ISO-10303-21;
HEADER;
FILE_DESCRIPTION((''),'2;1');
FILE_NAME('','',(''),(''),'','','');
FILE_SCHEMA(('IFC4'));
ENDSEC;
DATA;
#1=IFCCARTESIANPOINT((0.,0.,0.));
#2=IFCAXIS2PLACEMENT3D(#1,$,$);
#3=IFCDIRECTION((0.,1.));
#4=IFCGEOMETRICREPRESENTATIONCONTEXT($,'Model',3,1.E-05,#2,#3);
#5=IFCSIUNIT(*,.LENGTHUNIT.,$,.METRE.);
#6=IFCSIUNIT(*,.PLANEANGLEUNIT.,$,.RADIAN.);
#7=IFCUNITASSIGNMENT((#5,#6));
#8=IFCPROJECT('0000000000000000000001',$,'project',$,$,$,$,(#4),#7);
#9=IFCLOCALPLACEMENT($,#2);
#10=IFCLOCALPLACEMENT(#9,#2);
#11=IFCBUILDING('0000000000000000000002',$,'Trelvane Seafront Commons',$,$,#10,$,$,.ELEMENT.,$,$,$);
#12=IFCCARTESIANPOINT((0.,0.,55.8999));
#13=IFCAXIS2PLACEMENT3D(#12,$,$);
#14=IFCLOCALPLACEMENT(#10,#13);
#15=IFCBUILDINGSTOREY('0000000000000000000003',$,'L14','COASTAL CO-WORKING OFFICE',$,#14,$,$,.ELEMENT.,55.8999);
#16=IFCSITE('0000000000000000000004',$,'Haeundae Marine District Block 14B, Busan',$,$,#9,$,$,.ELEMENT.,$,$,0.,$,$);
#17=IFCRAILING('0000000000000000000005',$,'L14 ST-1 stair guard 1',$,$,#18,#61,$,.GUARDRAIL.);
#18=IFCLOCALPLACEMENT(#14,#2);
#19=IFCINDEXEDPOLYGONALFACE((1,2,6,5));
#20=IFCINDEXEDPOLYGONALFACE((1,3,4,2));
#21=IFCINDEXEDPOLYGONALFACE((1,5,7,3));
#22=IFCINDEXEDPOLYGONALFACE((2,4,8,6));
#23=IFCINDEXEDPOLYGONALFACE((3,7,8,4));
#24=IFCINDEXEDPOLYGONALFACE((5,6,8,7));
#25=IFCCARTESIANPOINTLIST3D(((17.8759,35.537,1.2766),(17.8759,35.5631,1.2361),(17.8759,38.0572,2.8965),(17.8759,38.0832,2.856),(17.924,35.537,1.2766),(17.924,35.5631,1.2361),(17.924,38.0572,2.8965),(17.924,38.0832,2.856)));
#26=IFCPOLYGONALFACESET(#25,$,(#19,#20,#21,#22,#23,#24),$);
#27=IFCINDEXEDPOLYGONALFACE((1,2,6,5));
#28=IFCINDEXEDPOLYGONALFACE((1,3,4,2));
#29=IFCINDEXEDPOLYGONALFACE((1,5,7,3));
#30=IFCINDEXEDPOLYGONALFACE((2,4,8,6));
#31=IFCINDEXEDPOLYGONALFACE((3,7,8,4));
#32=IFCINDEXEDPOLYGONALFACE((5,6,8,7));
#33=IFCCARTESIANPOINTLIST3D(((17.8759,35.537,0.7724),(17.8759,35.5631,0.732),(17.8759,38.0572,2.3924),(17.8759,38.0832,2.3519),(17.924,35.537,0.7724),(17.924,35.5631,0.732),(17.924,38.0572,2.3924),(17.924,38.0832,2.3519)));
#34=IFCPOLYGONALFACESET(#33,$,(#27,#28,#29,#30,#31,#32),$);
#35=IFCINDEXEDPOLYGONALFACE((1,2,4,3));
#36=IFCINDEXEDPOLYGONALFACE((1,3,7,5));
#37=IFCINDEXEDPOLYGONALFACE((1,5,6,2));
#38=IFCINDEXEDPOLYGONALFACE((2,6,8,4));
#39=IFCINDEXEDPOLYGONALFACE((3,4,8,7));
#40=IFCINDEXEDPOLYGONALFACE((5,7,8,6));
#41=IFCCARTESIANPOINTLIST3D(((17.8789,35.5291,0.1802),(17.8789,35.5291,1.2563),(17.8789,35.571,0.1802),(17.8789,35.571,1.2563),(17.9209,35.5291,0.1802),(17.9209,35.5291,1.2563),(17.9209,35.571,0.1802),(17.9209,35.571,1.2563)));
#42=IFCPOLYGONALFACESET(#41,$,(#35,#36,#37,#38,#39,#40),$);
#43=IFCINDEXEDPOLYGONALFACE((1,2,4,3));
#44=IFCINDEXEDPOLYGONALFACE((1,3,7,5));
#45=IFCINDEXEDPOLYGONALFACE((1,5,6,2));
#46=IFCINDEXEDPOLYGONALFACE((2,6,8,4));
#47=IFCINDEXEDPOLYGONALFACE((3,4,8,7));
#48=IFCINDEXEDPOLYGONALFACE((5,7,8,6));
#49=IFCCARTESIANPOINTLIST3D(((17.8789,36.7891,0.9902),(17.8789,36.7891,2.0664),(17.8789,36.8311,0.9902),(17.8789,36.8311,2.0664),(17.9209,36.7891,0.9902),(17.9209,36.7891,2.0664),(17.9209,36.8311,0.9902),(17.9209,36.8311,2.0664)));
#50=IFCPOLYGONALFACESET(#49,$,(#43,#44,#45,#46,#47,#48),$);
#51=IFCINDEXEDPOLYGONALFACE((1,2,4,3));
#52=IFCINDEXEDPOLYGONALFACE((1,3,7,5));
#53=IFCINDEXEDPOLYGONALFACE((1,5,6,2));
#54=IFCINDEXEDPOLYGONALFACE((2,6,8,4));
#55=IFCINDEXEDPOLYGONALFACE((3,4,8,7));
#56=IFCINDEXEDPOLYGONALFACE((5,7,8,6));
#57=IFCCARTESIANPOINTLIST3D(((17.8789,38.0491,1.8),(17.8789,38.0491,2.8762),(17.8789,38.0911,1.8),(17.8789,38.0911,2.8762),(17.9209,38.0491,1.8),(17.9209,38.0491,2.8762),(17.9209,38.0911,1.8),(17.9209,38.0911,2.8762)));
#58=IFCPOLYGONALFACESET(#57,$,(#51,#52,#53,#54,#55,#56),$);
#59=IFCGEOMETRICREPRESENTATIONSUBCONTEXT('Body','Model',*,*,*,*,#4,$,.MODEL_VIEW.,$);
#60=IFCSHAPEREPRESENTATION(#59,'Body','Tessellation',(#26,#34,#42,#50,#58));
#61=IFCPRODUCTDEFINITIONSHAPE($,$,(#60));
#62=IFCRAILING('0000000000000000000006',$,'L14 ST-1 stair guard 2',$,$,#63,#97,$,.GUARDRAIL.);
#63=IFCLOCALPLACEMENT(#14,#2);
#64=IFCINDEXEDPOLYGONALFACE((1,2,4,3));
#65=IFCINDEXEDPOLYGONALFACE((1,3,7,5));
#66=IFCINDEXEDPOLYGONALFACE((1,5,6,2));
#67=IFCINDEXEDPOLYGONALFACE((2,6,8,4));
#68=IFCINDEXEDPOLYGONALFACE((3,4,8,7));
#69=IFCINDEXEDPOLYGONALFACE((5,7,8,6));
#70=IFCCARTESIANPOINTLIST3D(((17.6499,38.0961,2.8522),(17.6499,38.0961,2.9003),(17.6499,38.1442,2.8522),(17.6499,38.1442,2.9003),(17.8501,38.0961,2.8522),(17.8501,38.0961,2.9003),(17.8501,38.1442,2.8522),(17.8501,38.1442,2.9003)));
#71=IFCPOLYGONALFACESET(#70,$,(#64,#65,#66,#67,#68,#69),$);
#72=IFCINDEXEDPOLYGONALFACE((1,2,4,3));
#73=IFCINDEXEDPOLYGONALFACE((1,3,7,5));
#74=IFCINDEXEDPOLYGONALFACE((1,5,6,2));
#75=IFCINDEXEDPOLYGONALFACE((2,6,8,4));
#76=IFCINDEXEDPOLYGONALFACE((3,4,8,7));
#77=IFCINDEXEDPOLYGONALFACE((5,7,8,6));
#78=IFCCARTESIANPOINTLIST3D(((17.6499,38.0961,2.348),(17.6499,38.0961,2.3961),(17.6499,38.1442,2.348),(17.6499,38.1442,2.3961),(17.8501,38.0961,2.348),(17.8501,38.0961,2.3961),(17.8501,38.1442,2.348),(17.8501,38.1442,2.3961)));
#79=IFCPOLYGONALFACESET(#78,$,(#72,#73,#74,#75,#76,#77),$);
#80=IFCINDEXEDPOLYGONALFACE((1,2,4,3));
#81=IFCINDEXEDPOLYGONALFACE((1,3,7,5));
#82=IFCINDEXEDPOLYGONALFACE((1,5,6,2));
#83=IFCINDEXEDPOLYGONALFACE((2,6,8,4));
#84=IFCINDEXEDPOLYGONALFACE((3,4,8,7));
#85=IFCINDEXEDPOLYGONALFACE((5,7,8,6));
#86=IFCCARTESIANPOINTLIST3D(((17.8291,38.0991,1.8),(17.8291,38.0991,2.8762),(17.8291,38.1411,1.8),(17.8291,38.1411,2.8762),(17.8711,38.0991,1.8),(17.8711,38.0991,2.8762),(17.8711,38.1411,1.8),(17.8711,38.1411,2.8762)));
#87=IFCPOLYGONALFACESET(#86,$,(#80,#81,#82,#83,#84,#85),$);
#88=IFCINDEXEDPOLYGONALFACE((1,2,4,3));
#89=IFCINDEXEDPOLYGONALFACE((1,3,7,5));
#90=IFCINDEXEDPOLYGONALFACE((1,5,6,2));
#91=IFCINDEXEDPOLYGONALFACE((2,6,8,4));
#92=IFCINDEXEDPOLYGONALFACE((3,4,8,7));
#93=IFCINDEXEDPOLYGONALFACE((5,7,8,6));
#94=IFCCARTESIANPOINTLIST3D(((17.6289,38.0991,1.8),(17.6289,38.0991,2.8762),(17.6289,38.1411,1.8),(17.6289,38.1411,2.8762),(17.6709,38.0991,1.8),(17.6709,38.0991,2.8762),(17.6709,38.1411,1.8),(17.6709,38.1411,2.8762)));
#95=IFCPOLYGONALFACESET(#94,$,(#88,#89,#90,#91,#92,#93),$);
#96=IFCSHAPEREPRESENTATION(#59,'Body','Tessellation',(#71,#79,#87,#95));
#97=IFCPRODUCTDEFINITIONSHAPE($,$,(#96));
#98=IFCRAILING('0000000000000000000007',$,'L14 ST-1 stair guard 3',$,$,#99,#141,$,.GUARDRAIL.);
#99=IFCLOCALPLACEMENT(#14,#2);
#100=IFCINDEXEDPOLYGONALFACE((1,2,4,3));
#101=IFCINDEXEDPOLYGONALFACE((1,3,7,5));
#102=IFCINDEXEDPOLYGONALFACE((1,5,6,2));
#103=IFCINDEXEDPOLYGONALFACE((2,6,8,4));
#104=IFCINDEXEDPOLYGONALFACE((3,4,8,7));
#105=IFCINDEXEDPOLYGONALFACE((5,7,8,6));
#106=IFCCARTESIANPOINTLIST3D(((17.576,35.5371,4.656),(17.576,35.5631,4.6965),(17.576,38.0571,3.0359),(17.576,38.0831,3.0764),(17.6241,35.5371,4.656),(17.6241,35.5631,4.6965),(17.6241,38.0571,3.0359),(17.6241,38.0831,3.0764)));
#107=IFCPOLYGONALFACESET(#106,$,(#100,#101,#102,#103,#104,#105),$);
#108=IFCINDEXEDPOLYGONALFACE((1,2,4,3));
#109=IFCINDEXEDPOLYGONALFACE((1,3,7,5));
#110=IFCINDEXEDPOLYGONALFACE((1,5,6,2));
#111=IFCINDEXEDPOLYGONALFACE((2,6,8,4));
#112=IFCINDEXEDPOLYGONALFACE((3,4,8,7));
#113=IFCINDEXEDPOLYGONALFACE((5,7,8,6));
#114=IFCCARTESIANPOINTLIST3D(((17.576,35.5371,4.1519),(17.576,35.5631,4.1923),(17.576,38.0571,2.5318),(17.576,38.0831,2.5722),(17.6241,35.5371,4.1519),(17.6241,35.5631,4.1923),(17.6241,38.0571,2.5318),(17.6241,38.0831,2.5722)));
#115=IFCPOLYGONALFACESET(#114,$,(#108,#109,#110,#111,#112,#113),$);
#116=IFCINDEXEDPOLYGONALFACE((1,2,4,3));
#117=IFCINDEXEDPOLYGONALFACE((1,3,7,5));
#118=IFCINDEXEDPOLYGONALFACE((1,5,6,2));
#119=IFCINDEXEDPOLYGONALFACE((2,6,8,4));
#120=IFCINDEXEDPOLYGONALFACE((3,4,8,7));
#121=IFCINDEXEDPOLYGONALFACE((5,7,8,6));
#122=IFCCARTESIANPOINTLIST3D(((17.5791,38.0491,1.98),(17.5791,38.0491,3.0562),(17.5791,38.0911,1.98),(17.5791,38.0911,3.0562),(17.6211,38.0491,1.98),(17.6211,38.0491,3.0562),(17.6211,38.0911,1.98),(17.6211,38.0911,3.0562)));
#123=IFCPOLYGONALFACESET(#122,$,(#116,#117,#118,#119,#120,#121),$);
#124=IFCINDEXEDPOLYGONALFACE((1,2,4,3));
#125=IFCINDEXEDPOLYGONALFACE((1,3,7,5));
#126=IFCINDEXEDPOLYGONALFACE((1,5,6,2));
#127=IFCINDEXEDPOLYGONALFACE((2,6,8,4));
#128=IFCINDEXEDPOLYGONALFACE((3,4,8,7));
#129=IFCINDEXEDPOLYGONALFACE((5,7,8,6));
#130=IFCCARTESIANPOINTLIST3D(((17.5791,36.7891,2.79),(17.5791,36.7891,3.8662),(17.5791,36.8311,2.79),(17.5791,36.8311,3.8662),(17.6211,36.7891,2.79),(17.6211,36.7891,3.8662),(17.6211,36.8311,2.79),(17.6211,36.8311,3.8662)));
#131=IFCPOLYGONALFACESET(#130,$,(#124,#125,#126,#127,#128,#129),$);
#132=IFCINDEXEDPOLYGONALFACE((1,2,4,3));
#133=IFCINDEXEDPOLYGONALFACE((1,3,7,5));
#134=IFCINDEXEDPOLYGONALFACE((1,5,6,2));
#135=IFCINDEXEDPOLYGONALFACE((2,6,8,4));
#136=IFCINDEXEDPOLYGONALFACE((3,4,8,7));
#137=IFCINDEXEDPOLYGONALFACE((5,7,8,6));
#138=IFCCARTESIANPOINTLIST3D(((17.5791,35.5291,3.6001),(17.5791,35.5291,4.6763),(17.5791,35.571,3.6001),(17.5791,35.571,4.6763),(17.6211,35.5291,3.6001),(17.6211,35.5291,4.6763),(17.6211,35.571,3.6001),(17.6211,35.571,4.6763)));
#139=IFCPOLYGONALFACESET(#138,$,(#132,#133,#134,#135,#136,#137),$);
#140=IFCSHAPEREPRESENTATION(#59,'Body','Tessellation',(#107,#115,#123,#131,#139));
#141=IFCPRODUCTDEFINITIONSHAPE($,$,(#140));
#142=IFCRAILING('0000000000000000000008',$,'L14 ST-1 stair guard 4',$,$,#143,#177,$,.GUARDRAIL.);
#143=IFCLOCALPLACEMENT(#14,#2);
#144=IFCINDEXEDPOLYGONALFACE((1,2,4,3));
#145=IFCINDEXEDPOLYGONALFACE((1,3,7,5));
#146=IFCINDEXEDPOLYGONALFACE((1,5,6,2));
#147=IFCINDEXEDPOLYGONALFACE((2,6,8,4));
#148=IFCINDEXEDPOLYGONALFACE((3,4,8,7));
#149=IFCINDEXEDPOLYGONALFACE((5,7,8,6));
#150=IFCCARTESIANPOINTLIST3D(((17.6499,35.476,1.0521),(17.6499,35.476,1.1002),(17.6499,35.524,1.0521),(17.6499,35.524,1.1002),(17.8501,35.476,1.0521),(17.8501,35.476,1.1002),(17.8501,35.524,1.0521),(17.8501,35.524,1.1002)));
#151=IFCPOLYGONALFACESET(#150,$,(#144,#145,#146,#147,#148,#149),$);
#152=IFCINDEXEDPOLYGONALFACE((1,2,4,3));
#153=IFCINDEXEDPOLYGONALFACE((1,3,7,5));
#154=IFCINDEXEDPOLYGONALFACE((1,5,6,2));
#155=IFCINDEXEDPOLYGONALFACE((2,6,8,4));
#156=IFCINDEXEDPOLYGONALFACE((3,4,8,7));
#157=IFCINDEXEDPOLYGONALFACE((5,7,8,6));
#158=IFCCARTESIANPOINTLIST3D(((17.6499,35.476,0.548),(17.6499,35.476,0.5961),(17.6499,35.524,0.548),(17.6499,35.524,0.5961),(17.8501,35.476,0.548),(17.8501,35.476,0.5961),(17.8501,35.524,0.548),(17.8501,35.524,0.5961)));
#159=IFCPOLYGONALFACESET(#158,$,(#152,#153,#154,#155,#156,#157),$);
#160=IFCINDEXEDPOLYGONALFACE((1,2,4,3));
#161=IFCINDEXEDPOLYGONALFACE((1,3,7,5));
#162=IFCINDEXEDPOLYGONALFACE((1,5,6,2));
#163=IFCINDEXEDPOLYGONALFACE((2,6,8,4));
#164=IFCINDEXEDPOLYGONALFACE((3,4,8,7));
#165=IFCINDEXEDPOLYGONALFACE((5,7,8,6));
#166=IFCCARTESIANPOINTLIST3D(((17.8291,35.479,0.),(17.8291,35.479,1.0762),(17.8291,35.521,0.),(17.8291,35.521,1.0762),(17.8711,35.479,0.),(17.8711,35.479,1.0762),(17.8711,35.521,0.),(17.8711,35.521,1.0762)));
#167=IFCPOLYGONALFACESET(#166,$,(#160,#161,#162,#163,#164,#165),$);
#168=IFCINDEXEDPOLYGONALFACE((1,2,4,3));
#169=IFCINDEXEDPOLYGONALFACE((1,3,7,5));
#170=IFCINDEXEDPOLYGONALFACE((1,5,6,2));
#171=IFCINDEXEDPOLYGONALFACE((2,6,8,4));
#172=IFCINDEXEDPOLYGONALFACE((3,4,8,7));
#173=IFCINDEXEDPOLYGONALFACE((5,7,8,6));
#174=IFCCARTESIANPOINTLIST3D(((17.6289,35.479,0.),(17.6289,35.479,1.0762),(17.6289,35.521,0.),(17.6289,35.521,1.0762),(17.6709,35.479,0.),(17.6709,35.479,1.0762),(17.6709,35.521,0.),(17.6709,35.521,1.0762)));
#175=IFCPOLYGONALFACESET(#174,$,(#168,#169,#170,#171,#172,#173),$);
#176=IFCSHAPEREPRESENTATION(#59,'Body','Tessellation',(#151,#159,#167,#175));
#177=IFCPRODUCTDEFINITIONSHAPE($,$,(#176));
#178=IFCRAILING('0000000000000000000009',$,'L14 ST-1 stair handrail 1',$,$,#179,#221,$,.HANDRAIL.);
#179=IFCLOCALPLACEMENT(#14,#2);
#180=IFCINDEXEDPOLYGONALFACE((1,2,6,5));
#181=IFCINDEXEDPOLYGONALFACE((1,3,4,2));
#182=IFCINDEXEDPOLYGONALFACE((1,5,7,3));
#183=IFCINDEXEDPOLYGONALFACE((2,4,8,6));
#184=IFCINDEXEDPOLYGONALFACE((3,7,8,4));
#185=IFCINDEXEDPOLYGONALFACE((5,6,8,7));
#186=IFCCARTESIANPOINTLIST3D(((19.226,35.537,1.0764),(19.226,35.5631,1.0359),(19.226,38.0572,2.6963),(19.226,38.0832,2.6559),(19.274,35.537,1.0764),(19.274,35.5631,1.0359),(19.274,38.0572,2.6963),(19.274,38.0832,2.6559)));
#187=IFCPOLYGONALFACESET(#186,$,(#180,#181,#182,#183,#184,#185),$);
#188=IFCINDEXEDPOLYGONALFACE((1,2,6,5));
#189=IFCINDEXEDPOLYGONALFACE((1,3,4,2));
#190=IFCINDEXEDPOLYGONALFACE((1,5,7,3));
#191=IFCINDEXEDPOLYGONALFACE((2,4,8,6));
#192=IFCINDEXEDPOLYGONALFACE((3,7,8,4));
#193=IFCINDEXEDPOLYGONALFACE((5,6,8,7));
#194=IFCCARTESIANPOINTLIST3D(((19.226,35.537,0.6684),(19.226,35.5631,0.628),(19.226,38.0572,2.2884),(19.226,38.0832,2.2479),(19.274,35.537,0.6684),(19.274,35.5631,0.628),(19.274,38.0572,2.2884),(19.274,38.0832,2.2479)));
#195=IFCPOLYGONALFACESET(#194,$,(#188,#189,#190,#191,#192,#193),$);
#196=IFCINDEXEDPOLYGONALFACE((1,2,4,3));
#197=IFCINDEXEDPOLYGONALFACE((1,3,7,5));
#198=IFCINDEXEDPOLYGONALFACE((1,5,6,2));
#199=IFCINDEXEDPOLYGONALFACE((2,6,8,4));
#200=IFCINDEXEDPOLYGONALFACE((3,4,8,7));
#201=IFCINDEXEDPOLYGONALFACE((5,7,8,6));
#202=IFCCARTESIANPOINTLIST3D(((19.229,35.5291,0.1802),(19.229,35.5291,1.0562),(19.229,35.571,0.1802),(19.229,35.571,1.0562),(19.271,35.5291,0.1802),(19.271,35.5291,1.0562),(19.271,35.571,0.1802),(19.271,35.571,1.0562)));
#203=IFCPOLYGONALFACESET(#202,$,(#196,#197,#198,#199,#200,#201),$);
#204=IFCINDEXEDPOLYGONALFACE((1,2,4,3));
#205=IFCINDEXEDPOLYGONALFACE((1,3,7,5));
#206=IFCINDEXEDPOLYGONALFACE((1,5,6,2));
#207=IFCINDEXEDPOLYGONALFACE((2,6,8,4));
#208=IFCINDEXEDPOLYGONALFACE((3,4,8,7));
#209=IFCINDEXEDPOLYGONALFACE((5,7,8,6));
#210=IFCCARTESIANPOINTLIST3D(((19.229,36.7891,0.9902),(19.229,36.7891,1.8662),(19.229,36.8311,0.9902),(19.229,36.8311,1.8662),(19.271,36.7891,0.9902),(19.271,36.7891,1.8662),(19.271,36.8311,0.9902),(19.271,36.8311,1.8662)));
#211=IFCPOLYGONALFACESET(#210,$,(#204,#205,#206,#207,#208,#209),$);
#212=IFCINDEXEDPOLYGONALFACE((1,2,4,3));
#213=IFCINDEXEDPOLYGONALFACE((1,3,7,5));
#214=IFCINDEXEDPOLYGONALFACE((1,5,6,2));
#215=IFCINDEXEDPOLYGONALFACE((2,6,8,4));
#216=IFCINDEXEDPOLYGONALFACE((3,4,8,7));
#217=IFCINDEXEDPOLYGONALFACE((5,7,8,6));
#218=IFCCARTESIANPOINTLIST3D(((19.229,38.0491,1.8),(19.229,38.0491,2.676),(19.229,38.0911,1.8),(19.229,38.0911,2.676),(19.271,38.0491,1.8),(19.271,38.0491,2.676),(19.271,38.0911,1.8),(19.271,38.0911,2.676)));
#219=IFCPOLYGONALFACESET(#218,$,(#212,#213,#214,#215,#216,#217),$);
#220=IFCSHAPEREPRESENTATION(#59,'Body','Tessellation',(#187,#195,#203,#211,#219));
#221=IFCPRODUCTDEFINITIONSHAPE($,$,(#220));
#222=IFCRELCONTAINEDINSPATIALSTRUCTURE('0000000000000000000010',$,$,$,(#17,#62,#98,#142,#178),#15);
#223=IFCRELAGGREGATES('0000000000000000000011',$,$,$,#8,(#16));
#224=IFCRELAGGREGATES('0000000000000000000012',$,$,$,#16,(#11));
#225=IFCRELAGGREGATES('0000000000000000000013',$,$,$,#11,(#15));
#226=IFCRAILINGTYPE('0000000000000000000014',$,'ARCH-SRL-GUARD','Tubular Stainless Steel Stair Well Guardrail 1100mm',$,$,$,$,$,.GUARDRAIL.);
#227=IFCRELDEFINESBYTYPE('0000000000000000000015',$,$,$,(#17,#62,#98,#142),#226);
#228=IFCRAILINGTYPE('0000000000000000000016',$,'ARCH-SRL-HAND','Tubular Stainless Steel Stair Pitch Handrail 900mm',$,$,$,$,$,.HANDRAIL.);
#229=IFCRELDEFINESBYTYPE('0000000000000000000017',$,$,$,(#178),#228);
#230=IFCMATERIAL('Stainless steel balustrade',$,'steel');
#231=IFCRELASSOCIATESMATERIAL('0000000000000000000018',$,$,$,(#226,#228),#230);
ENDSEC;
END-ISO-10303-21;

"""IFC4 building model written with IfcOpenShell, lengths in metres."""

from ifc_helpers import new_model, si_unit, direction, frame, origin, origin_2d, place, context, subcontext, project, spatial, rectangle, extrude, material, type_object, element, save


model = new_model("IFC4")

# Units and contexts
model_context = context("Model", 3, precision=1e-05, world=origin(), true_north=direction((0.0, 1.0)))
body_context = subcontext(model_context, "Body", "Model", "MODEL_VIEW")
ifc_project = project(units=[si_unit("LENGTHUNIT", "METRE"), si_unit("PLANEANGLEUNIT", "RADIAN")], contexts=[model_context])

# Site, building, storey
site_placement = place(None, origin())
site = spatial("IfcSite", under=ifc_project, at=site_placement, Name="Haeundae Marine District Block 14B, Busan", CompositionType="ELEMENT", RefElevation=0.0)
building_placement = place(site_placement, origin())
building = spatial("IfcBuilding", under=site, at=building_placement, Name="Trelvane Seafront Commons", CompositionType="ELEMENT")
storey_placement = place(building_placement, frame((0.0, 0.0, 55.8999)))
storey = spatial("IfcBuildingStorey", under=building, at=storey_placement, Name="L14", Description="COASTAL CO-WORKING OFFICE", CompositionType="ELEMENT", Elevation=55.8999)

# Shared definitions
ifc_material_1 = material(Name="Stainless steel balustrade", Category="steel")

# Railings
railing_type_1 = type_object("IfcRailingType", Name="ARCH-SRL-GUARD", Description="Tubular Stainless Steel Stair Well Guardrail 1100mm", PredefinedType="GUARDRAIL", material=ifc_material_1)
railing_1_placement = place(storey_placement, frame((17.8999, 35.55, 0.1802)))
element("IfcRailing", 1, at=railing_1_placement, inside=storey, type_object=railing_type_1, Name="L14 ST-1 stair guard 1", PredefinedType="GUARDRAIL", context=body_context, shape_type="SweptSolid", body=[
    extrude(rectangle(XDim=0.0481, YDim=0.0481, at=origin_2d()), frame((0.0, 0.0, 1.0762), z_axis=(0.0, 0.8412, 0.540725), x_axis=(-1.0, 0.0, 0.0)), (0.0, 0.0, 1.0), 2.9958),
    extrude(rectangle(XDim=0.0481, YDim=0.0481, at=origin_2d()), frame((0.0, 0.0, 0.572), z_axis=(0.0, 0.8412, 0.540725), x_axis=(-1.0, 0.0, 0.0)), (0.0, 0.0, 1.0), 2.9958),
    extrude(rectangle(XDim=0.042, YDim=0.042, at=origin_2d()), origin(), (0.0, 0.0, 1.0), 1.0762),
    extrude(rectangle(XDim=0.042, YDim=0.042, at=origin_2d()), frame((0.0, 1.26, 0.8101)), (0.0, 0.0, 1.0), 1.0762),
    extrude(rectangle(XDim=0.042, YDim=0.042, at=origin_2d()), frame((0.0, 2.52, 1.6199)), (0.0, 0.0, 1.0), 1.0762),
])
railing_2_placement = place(storey_placement, frame((17.8501, 38.1201, 1.8)))
element("IfcRailing", 2, at=railing_2_placement, inside=storey, type_object=railing_type_1, Name="L14 ST-1 stair guard 2", PredefinedType="GUARDRAIL", context=body_context, shape_type="SweptSolid", body=[
    extrude(rectangle(XDim=0.0481, YDim=0.0481, at=origin_2d()), frame((0.0, 0.0, 1.0762), z_axis=(-1.0, 0.0, 0.0), x_axis=(0.0, -1.0, 0.0)), (0.0, 0.0, 1.0), 0.2002),
    extrude(rectangle(XDim=0.0481, YDim=0.0481, at=origin_2d()), frame((0.0, 0.0, 0.572), z_axis=(-1.0, 0.0, 0.0), x_axis=(0.0, -1.0, 0.0)), (0.0, 0.0, 1.0), 0.2002),
    extrude(rectangle(XDim=0.042, YDim=0.042, at=origin_2d()), origin(), (0.0, 0.0, 1.0), 1.0762),
    extrude(rectangle(XDim=0.042, YDim=0.042, at=origin_2d()), frame((-0.2002, 0.0, 0.0)), (0.0, 0.0, 1.0), 1.0762),
])
railing_3_placement = place(storey_placement, frame((17.6001, 38.0701, 1.98)))
element("IfcRailing", 3, at=railing_3_placement, inside=storey, type_object=railing_type_1, Name="L14 ST-1 stair guard 3", PredefinedType="GUARDRAIL", context=body_context, shape_type="SweptSolid", body=[
    extrude(rectangle(XDim=0.0481, YDim=0.0481, at=origin_2d()), frame((0.0, 0.0, 1.0762), z_axis=(0.0, -0.841163, 0.540782), x_axis=(1.0, 0.0, 0.0)), (0.0, 0.0, 1.0), 2.9958),
    extrude(rectangle(XDim=0.0481, YDim=0.0481, at=origin_2d()), frame((0.0, 0.0, 0.572), z_axis=(0.0, -0.841163, 0.540782), x_axis=(1.0, 0.0, 0.0)), (0.0, 0.0, 1.0), 2.9958),
    extrude(rectangle(XDim=0.042, YDim=0.042, at=origin_2d()), origin(), (0.0, 0.0, 1.0), 1.0762),
    extrude(rectangle(XDim=0.042, YDim=0.042, at=origin_2d()), frame((0.0, -1.26, 0.8101)), (0.0, 0.0, 1.0), 1.0762),
    extrude(rectangle(XDim=0.042, YDim=0.042, at=origin_2d()), frame((0.0, -2.52, 1.6201)), (0.0, 0.0, 1.0), 1.0762),
])
railing_4_placement = place(storey_placement, frame((17.8501, 35.5, 0.0)))
element("IfcRailing", 4, at=railing_4_placement, inside=storey, type_object=railing_type_1, Name="L14 ST-1 stair guard 4", PredefinedType="GUARDRAIL", context=body_context, shape_type="SweptSolid", body=[
    extrude(rectangle(XDim=0.0481, YDim=0.0481, at=origin_2d()), frame((0.0, 0.0, 1.0762), z_axis=(-1.0, 0.0, 0.0), x_axis=(0.0, -1.0, 0.0)), (0.0, 0.0, 1.0), 0.2002),
    extrude(rectangle(XDim=0.0481, YDim=0.0481, at=origin_2d()), frame((0.0, 0.0, 0.572), z_axis=(-1.0, 0.0, 0.0), x_axis=(0.0, -1.0, 0.0)), (0.0, 0.0, 1.0), 0.2002),
    extrude(rectangle(XDim=0.042, YDim=0.042, at=origin_2d()), origin(), (0.0, 0.0, 1.0), 1.0762),
    extrude(rectangle(XDim=0.042, YDim=0.042, at=origin_2d()), frame((-0.2002, 0.0, 0.0)), (0.0, 0.0, 1.0), 1.0762),
])
railing_type_2 = type_object("IfcRailingType", Name="ARCH-SRL-HAND", Description="Tubular Stainless Steel Stair Pitch Handrail 900mm", PredefinedType="HANDRAIL", material=ifc_material_1)
railing_5_placement = place(storey_placement, frame((19.25, 35.55, 0.1802)))
element("IfcRailing", 5, at=railing_5_placement, inside=storey, type_object=railing_type_2, Name="L14 ST-1 stair handrail 1", PredefinedType="HANDRAIL", context=body_context, shape_type="SweptSolid", body=[
    extrude(rectangle(XDim=0.0481, YDim=0.0481, at=origin_2d()), frame((0.0, 0.0, 0.876), z_axis=(0.0, 0.8412, 0.540725), x_axis=(-1.0, 0.0, 0.0)), (0.0, 0.0, 1.0), 2.9958),
    extrude(rectangle(XDim=0.0481, YDim=0.0481, at=origin_2d()), frame((0.0, 0.0, 0.468), z_axis=(0.0, 0.8412, 0.540725), x_axis=(-1.0, 0.0, 0.0)), (0.0, 0.0, 1.0), 2.9958),
    extrude(rectangle(XDim=0.042, YDim=0.042, at=origin_2d()), origin(), (0.0, 0.0, 1.0), 0.876),
    extrude(rectangle(XDim=0.042, YDim=0.042, at=origin_2d()), frame((0.0, 1.26, 0.8101)), (0.0, 0.0, 1.0), 0.876),
    extrude(rectangle(XDim=0.042, YDim=0.042, at=origin_2d()), frame((0.0, 2.52, 1.6199)), (0.0, 0.0, 1.0), 0.876),
])

save(model, "model.ifc")
